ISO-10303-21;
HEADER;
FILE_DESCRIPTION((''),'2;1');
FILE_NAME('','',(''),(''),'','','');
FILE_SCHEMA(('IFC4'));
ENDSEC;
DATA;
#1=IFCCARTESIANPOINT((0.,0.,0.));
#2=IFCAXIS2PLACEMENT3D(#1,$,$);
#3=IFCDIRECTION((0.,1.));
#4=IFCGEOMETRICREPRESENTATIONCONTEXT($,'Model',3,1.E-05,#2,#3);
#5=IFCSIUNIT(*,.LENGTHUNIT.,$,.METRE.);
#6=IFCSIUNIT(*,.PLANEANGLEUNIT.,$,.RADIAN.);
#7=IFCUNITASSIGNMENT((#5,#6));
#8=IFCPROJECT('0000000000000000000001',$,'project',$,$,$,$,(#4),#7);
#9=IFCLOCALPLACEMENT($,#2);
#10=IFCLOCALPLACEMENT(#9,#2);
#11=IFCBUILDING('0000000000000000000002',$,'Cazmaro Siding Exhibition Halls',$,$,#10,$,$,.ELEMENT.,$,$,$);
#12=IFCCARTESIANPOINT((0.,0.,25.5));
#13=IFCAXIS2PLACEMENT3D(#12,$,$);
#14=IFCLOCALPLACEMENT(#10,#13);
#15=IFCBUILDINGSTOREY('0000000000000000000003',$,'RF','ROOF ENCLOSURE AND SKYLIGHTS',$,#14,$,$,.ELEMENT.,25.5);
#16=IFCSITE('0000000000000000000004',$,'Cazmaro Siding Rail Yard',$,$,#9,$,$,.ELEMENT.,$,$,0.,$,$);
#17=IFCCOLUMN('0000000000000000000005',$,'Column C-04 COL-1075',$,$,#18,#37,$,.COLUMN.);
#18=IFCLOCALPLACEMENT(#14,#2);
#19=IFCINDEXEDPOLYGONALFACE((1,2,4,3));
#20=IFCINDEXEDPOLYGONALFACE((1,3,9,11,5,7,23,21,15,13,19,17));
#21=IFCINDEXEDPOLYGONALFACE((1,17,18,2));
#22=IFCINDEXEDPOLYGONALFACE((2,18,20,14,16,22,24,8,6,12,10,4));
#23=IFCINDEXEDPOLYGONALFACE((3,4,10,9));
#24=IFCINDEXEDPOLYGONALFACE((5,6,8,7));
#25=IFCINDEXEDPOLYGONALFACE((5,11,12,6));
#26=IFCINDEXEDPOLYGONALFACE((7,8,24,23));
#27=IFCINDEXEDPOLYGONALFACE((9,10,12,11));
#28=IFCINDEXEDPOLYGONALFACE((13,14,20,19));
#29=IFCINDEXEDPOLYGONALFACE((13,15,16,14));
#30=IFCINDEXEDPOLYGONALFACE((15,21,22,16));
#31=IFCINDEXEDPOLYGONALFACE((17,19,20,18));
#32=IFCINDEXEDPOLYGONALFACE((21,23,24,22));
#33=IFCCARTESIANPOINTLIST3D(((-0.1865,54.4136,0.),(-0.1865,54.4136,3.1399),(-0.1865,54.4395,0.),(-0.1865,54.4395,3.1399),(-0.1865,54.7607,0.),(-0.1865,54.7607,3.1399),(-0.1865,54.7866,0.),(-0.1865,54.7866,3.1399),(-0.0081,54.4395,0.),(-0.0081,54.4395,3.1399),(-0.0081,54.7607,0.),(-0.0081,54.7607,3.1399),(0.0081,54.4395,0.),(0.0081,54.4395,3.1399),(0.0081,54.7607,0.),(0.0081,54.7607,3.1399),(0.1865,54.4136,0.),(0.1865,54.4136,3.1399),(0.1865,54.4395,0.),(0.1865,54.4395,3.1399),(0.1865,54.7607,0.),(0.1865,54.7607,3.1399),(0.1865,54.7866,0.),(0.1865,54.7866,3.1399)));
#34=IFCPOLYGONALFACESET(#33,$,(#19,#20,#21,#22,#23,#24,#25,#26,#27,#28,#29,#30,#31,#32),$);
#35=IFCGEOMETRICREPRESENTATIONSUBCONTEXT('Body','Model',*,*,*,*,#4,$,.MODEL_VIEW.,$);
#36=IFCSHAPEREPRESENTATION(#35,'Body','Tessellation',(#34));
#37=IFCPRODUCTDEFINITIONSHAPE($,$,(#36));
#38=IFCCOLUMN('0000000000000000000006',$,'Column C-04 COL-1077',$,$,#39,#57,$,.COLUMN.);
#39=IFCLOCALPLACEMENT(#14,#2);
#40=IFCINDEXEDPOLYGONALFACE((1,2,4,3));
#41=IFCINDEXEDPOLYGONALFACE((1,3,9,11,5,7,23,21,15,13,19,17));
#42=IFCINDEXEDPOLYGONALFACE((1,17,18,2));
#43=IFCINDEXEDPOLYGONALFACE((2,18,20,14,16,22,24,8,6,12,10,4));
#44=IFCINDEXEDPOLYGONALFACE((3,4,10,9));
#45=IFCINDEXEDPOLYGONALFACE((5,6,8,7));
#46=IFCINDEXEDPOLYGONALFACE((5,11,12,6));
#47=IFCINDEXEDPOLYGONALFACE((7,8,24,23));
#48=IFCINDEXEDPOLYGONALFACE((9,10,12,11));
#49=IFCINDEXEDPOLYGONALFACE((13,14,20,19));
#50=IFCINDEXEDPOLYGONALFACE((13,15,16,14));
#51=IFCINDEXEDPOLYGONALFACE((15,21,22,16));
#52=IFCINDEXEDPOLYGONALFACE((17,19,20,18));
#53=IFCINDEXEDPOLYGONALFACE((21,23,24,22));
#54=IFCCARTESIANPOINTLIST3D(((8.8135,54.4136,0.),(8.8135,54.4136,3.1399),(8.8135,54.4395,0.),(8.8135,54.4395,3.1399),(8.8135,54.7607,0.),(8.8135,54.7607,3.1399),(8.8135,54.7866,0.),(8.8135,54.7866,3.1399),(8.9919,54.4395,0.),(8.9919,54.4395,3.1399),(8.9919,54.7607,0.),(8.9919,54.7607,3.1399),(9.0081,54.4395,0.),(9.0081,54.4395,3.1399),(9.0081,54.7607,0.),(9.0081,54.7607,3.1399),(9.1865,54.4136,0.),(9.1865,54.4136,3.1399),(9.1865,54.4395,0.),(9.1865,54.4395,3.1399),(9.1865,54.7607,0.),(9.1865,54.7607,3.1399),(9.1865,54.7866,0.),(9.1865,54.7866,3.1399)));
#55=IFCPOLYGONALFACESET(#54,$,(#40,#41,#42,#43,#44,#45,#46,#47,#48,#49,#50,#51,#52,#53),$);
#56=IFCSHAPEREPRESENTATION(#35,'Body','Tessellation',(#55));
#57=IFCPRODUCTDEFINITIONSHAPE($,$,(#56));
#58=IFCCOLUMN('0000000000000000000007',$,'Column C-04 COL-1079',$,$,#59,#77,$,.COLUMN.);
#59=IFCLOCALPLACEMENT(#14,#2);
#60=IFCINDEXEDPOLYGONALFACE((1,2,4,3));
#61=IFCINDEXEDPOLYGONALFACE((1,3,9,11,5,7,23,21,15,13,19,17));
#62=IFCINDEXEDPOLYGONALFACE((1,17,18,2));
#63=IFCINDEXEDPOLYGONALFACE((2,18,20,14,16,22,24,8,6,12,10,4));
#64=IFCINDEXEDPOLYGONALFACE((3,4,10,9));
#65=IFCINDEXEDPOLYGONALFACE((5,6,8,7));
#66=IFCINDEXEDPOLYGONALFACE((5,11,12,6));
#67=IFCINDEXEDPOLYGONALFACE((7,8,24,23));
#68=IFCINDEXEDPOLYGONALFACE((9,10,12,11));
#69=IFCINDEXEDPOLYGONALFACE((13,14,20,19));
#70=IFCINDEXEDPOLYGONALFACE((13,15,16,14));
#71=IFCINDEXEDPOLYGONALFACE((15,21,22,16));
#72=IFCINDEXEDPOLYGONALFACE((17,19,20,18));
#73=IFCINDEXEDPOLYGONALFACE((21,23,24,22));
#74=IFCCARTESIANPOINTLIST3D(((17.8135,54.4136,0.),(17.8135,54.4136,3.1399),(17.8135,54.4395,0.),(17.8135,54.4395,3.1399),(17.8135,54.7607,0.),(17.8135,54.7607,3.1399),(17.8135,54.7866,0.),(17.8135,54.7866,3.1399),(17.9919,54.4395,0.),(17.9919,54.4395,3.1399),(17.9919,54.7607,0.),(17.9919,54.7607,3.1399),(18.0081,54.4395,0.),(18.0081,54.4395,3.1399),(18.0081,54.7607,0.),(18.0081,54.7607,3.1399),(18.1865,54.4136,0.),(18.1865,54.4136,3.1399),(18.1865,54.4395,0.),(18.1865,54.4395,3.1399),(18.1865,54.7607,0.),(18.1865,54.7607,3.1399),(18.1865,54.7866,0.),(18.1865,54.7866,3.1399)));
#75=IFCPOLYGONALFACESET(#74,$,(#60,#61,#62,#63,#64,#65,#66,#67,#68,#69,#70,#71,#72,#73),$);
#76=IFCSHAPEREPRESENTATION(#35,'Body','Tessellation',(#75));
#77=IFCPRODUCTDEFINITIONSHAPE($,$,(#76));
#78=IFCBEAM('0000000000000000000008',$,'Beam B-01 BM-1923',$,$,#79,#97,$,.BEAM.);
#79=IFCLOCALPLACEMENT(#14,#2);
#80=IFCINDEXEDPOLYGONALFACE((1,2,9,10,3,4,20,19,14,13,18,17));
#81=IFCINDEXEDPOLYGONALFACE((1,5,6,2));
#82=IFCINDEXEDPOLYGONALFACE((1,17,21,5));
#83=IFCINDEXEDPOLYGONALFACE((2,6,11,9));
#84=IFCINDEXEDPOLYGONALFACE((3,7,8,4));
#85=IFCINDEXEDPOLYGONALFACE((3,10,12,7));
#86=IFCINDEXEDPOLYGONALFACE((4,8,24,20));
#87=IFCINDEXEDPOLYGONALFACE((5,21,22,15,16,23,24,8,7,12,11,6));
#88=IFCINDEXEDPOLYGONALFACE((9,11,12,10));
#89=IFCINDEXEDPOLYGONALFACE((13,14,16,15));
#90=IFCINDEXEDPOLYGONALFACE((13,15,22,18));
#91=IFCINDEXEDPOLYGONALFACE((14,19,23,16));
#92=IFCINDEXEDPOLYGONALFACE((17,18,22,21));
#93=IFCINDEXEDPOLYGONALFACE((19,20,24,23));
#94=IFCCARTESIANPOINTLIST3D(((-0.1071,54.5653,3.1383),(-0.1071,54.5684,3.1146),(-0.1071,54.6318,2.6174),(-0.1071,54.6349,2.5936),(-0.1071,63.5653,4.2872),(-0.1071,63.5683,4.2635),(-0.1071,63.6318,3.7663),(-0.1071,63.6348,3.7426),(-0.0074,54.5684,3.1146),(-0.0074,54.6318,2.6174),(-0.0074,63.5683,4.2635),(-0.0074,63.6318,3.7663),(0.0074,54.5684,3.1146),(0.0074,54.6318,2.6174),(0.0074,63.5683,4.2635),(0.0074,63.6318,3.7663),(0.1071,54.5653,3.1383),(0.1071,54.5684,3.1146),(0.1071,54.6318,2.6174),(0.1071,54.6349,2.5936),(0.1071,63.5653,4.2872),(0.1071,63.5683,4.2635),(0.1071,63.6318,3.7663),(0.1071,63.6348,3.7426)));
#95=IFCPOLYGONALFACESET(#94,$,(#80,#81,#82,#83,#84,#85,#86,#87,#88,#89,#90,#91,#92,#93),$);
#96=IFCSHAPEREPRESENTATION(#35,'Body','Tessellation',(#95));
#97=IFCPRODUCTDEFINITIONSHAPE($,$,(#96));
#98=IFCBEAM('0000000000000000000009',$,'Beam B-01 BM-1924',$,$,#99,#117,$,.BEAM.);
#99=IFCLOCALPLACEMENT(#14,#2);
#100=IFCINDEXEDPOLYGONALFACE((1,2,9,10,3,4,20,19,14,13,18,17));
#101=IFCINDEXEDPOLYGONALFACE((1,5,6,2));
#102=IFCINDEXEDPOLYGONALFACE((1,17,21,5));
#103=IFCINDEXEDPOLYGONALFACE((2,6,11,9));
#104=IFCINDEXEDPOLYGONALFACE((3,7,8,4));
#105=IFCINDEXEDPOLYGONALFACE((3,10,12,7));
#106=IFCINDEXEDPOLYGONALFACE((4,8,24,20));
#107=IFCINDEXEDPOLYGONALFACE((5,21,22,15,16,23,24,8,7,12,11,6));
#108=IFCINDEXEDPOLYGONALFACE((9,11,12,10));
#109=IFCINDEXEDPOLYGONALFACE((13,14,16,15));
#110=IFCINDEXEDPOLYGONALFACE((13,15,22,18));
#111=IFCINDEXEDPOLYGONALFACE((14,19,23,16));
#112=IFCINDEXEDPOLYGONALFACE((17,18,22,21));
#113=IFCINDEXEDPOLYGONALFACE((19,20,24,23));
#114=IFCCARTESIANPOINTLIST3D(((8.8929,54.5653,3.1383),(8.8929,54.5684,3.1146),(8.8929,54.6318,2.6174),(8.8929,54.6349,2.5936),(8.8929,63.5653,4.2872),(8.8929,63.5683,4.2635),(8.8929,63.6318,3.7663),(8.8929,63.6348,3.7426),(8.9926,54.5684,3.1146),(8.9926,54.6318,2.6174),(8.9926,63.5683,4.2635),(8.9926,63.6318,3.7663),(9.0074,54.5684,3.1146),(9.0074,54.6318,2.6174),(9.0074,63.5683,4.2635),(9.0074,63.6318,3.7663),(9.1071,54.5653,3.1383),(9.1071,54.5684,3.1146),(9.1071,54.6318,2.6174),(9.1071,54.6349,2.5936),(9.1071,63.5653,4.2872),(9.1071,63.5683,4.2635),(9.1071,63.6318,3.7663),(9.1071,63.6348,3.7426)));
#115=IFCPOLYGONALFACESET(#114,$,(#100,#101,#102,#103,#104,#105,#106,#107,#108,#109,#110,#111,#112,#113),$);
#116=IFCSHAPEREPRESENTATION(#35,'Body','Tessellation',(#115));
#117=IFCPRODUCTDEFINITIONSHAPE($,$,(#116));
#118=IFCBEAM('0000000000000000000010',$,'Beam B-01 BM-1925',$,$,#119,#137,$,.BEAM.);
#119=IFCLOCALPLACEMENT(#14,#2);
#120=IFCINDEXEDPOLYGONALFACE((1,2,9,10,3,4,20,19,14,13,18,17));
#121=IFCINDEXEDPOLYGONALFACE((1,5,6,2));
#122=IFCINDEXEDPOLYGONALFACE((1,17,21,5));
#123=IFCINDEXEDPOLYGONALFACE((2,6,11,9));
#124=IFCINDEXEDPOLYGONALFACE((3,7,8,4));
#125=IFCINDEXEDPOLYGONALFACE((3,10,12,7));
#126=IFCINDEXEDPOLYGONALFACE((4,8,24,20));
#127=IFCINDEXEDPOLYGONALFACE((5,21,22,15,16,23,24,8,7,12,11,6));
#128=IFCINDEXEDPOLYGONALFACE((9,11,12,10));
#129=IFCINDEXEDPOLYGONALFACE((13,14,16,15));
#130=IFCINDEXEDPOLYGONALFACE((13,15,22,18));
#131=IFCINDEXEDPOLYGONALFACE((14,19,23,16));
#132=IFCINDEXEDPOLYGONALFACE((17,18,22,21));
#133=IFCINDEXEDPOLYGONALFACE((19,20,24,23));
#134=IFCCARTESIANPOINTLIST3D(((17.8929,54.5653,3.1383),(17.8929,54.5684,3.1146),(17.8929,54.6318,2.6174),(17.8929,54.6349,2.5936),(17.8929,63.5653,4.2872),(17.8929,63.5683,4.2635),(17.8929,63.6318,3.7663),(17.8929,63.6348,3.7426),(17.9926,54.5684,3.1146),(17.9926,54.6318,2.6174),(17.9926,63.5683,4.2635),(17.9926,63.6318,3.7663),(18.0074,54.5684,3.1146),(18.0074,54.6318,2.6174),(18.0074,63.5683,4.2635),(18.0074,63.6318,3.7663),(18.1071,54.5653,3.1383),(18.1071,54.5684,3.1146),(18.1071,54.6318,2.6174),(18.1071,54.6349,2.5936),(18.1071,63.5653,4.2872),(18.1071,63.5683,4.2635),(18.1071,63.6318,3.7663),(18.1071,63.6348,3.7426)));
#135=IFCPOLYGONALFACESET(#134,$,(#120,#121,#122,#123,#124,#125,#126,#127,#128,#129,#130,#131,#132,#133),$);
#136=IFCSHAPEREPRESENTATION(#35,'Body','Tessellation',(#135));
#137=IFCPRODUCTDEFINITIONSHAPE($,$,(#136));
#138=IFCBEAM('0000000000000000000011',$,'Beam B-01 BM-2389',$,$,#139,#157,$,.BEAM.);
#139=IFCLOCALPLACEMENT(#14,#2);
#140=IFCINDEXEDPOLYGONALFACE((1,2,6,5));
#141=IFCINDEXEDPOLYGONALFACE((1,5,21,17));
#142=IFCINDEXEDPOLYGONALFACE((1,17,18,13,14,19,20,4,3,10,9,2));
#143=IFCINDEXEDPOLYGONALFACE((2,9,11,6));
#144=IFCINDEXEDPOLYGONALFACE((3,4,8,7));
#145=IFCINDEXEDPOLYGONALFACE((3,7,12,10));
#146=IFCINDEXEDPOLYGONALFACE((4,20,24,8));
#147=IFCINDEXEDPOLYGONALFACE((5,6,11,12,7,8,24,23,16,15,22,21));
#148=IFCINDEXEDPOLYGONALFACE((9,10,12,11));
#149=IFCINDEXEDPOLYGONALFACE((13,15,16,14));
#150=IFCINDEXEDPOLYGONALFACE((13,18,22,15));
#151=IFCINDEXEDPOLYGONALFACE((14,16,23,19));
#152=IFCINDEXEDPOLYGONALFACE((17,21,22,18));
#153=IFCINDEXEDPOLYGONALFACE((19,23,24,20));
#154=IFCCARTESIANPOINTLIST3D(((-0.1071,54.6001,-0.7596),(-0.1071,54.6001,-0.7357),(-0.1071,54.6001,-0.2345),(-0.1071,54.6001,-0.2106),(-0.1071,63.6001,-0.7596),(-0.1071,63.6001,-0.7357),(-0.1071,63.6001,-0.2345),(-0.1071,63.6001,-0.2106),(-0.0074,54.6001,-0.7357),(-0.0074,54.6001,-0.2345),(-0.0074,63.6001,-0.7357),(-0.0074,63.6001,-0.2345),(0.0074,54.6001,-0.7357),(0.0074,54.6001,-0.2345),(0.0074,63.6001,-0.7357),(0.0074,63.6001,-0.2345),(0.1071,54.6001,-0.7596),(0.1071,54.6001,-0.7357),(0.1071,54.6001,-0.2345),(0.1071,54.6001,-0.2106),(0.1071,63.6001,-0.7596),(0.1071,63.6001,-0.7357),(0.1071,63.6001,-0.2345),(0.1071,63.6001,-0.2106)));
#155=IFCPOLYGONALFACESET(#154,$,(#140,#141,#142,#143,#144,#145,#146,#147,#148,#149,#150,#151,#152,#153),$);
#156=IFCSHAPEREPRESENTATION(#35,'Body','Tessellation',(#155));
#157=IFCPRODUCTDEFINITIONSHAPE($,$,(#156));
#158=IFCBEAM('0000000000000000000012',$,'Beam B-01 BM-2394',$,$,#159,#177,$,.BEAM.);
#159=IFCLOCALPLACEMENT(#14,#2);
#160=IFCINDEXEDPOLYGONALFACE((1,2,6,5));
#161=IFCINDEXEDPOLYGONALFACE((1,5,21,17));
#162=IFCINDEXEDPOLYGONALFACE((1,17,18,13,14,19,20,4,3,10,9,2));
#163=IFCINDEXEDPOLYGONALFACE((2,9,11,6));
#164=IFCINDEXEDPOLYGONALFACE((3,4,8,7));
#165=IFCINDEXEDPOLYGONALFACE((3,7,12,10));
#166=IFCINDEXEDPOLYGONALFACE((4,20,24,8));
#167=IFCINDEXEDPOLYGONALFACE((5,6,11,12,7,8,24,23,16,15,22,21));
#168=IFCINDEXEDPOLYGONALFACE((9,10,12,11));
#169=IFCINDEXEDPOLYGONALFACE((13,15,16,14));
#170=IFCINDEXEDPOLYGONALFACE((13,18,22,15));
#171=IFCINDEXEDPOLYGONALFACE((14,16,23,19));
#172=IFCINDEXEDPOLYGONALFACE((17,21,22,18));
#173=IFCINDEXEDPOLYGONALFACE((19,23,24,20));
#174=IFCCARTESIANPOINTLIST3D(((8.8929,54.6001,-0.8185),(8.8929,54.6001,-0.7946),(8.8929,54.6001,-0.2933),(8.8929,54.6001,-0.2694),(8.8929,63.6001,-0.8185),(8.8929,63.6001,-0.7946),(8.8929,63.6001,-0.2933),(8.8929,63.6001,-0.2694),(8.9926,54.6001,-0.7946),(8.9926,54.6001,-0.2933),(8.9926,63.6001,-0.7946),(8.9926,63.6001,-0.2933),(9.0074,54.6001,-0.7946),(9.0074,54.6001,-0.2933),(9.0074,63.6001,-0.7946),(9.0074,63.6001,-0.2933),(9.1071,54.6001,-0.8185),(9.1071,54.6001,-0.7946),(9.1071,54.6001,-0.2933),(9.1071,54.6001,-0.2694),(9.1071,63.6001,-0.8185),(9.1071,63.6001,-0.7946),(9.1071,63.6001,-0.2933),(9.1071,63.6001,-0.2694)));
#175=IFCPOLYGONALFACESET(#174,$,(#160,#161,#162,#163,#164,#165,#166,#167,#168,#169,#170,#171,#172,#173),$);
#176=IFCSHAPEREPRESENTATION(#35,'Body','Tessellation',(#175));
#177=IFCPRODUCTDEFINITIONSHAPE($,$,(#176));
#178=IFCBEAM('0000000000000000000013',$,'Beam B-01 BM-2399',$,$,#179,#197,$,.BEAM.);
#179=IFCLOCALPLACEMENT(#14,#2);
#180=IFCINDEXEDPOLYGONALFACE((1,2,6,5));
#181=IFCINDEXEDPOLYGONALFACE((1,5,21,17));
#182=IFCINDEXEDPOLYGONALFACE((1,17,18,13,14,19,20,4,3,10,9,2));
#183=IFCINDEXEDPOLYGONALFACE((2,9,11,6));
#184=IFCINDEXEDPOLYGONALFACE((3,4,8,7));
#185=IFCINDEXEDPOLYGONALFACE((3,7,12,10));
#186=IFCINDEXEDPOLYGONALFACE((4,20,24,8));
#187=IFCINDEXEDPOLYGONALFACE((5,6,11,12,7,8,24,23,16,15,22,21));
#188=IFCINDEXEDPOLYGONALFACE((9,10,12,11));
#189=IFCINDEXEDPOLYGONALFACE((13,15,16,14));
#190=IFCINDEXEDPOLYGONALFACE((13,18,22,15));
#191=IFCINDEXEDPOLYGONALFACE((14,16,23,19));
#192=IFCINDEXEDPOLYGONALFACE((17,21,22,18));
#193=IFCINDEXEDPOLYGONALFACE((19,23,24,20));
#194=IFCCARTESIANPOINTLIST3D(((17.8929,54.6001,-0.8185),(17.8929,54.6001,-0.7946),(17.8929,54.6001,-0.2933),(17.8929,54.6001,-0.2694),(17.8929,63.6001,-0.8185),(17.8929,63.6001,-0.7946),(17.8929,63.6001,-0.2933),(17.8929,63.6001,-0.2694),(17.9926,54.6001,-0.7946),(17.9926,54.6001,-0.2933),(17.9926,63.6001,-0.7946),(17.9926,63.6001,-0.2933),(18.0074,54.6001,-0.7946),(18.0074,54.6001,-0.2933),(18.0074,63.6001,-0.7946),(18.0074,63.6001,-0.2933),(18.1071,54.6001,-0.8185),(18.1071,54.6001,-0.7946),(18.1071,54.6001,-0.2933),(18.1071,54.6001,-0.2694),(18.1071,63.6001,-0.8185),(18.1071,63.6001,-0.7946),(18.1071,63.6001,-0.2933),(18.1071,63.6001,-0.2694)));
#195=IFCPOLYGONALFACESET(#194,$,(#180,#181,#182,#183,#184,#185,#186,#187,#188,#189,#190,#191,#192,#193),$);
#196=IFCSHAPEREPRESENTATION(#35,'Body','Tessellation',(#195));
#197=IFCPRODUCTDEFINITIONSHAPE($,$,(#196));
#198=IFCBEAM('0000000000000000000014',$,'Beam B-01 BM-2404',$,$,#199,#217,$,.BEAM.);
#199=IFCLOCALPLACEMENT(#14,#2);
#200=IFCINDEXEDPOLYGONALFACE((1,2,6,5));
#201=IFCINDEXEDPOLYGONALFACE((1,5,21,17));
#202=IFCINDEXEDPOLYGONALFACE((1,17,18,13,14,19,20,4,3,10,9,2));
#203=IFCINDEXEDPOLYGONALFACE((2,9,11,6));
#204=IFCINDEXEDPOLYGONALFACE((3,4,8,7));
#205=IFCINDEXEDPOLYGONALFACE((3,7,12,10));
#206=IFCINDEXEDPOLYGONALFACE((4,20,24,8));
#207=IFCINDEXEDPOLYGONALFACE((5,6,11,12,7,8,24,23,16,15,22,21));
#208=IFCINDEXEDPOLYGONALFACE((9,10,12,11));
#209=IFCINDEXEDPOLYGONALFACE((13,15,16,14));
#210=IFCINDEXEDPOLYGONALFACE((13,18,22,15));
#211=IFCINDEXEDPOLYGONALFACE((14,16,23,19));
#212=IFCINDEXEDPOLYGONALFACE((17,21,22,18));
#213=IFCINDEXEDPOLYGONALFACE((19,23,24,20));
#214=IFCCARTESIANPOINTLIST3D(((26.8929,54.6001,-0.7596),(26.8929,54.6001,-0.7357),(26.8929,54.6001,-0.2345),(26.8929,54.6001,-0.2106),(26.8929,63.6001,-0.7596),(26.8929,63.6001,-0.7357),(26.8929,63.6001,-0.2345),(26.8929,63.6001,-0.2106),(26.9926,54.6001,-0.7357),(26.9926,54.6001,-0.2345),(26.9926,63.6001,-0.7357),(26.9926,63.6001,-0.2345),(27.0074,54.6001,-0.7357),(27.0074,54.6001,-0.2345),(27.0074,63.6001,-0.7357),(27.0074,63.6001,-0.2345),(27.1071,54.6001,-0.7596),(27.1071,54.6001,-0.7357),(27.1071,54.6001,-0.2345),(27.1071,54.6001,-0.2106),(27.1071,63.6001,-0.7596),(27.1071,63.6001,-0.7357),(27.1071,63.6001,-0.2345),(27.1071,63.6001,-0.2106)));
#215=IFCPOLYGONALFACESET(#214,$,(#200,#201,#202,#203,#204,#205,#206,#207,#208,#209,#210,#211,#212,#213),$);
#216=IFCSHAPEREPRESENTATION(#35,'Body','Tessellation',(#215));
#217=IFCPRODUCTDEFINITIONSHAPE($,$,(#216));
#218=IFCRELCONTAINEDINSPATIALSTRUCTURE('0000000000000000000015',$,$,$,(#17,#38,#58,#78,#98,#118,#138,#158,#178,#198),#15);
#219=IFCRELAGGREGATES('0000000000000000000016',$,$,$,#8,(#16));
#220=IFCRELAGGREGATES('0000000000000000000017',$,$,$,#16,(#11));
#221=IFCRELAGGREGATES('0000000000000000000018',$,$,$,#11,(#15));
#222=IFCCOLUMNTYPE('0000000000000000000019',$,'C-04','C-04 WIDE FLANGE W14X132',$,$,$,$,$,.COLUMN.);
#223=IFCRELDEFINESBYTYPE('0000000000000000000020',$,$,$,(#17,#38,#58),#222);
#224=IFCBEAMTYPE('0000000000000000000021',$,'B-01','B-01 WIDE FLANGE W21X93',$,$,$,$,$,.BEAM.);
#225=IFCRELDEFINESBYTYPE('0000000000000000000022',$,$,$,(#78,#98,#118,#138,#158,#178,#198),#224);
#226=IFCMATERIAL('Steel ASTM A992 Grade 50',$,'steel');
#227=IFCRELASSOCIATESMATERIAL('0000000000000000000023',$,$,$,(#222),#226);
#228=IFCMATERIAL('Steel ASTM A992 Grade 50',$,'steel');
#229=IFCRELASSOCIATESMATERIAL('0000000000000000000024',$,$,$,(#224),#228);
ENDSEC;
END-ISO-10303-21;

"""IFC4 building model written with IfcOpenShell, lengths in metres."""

from ifc_helpers import new_model, si_unit, direction, frame, origin, origin_2d, place, context, subcontext, project, spatial, i_section, extrude, material, material_profile, profile_set, type_object, element, save


model = new_model("IFC4")

# Units and contexts
model_context = context("Model", 3, precision=1e-05, world=origin(), true_north=direction((0.0, 1.0)))
body_context = subcontext(model_context, "Body", "Model", "MODEL_VIEW")
ifc_project = project(units=[si_unit("LENGTHUNIT", "METRE"), si_unit("PLANEANGLEUNIT", "RADIAN")], contexts=[model_context])

# Site, building, storey
site_placement = place(None, origin())
site = spatial("IfcSite", under=ifc_project, at=site_placement, Name="Cazmaro Siding Rail Yard", CompositionType="ELEMENT", RefElevation=0.0)
building_placement = place(site_placement, origin())
building = spatial("IfcBuilding", under=site, at=building_placement, Name="Cazmaro Siding Exhibition Halls", CompositionType="ELEMENT")
storey_placement = place(building_placement, frame((0.0, 0.0, 25.5)))
storey = spatial("IfcBuildingStorey", under=building, at=storey_placement, Name="RF", Description="ROOF ENCLOSURE AND SKYLIGHTS", CompositionType="ELEMENT", Elevation=25.5)

# Columns
ifc_material_1 = material(Name="Steel ASTM A992 Grade 50", Category="steel")
ifc_material_profile_1 = material_profile(ifc_material_1, i_section(OverallWidth=0.373, OverallDepth=0.373, WebThickness=0.0161, FlangeThickness=0.0259, at=origin_2d()), Name="W14X132")
ifc_profile_set_1 = profile_set([ifc_material_profile_1], Name="Steel ASTM A992 Grade 50")
column_type = type_object("IfcColumnType", Name="C-04", Description="C-04 WIDE FLANGE W14X132", PredefinedType="COLUMN", material=ifc_profile_set_1)
for number, where, z_axis, x_axis, name in (
    (1, (0.0, 54.6001, 0.0), (0.0, 0.0, 1.0), (1.0, 0.0, 0.0), "Column C-04 COL-1075"),
    (2, (9.0, 54.6001, 0.0), (0.0, 0.0, 1.0), (1.0, 0.0, 0.0), "Column C-04 COL-1077"),
    (3, (18.0, 54.6001, 0.0), (0.0, 0.0, 1.0), (1.0, 0.0, 0.0), "Column C-04 COL-1079"),
):
    element("IfcColumn", number, at=place(storey_placement, frame(where, z_axis=z_axis, x_axis=x_axis)), inside=storey, type_object=column_type, Name=name, PredefinedType="COLUMN", context=body_context, shape_type="SweptSolid", body=[
        extrude(i_section(OverallWidth=0.373, OverallDepth=0.373, WebThickness=0.0161, FlangeThickness=0.0259, at=origin_2d()), origin(), (0.0, 0.0, 1.0), 3.1399),
    ])

# Beams
ifc_material_2 = material(Name="Steel ASTM A992 Grade 50", Category="steel")
ifc_material_profile_2 = material_profile(ifc_material_2, i_section(OverallWidth=0.2141, OverallDepth=0.5491, WebThickness=0.0149, FlangeThickness=0.0239, at=origin_2d()), Name="W21X93")
ifc_profile_set_2 = profile_set([ifc_material_profile_2], Name="Steel ASTM A992 Grade 50")
beam_type_1 = type_object("IfcBeamType", Name="B-01", Description="B-01 WIDE FLANGE W21X93", PredefinedType="BEAM", material=ifc_profile_set_2)
for number, where, z_axis, x_axis, name in (
    (4, (0.0, 54.6001, 2.866), (0.0, 0.99195, 0.126631), (-1.0, 0.0, 0.0), "Beam B-01 BM-1923"),
    (5, (9.0, 54.6001, 2.866), (0.0, 0.99195, 0.126631), (-1.0, 0.0, 0.0), "Beam B-01 BM-1924"),
    (6, (18.0, 54.6001, 2.866), (0.0, 0.99195, 0.126631), (-1.0, 0.0, 0.0), "Beam B-01 BM-1925"),
):
    element("IfcBeam", number, at=place(storey_placement, frame(where, z_axis=z_axis, x_axis=x_axis)), inside=storey, type_object=beam_type_1, Name=name, PredefinedType="BEAM", context=body_context, shape_type="SweptSolid", body=[
        extrude(i_section(OverallWidth=0.2141, OverallDepth=0.5491, WebThickness=0.0149, FlangeThickness=0.0239, at=origin_2d()), origin(), (0.0, 0.0, 1.0), 9.073),
    ])
for number, where, z_axis, x_axis, name in (
    (7, (0.0, 54.6001, -0.4851), (0.0, 1.0, 0.0), (-1.0, 0.0, 0.0), "Beam B-01 BM-2389"),
    (8, (9.0, 54.6001, -0.5439), (0.0, 1.0, 0.0), (-1.0, 0.0, 0.0), "Beam B-01 BM-2394"),
    (9, (18.0, 54.6001, -0.5439), (0.0, 1.0, 0.0), (-1.0, 0.0, 0.0), "Beam B-01 BM-2399"),
    (10, (27.0, 54.6001, -0.4851), (0.0, 1.0, 0.0), (-1.0, 0.0, 0.0), "Beam B-01 BM-2404"),
):
    element("IfcBeam", number, at=place(storey_placement, frame(where, z_axis=z_axis, x_axis=x_axis)), inside=storey, type_object=beam_type_1, Name=name, PredefinedType="BEAM", context=body_context, shape_type="SweptSolid", body=[
        extrude(i_section(OverallWidth=0.2141, OverallDepth=0.5491, WebThickness=0.0149, FlangeThickness=0.0239, at=origin_2d()), origin(), (0.0, 0.0, 1.0), 9.0),
    ])

save(model, "model.ifc")
